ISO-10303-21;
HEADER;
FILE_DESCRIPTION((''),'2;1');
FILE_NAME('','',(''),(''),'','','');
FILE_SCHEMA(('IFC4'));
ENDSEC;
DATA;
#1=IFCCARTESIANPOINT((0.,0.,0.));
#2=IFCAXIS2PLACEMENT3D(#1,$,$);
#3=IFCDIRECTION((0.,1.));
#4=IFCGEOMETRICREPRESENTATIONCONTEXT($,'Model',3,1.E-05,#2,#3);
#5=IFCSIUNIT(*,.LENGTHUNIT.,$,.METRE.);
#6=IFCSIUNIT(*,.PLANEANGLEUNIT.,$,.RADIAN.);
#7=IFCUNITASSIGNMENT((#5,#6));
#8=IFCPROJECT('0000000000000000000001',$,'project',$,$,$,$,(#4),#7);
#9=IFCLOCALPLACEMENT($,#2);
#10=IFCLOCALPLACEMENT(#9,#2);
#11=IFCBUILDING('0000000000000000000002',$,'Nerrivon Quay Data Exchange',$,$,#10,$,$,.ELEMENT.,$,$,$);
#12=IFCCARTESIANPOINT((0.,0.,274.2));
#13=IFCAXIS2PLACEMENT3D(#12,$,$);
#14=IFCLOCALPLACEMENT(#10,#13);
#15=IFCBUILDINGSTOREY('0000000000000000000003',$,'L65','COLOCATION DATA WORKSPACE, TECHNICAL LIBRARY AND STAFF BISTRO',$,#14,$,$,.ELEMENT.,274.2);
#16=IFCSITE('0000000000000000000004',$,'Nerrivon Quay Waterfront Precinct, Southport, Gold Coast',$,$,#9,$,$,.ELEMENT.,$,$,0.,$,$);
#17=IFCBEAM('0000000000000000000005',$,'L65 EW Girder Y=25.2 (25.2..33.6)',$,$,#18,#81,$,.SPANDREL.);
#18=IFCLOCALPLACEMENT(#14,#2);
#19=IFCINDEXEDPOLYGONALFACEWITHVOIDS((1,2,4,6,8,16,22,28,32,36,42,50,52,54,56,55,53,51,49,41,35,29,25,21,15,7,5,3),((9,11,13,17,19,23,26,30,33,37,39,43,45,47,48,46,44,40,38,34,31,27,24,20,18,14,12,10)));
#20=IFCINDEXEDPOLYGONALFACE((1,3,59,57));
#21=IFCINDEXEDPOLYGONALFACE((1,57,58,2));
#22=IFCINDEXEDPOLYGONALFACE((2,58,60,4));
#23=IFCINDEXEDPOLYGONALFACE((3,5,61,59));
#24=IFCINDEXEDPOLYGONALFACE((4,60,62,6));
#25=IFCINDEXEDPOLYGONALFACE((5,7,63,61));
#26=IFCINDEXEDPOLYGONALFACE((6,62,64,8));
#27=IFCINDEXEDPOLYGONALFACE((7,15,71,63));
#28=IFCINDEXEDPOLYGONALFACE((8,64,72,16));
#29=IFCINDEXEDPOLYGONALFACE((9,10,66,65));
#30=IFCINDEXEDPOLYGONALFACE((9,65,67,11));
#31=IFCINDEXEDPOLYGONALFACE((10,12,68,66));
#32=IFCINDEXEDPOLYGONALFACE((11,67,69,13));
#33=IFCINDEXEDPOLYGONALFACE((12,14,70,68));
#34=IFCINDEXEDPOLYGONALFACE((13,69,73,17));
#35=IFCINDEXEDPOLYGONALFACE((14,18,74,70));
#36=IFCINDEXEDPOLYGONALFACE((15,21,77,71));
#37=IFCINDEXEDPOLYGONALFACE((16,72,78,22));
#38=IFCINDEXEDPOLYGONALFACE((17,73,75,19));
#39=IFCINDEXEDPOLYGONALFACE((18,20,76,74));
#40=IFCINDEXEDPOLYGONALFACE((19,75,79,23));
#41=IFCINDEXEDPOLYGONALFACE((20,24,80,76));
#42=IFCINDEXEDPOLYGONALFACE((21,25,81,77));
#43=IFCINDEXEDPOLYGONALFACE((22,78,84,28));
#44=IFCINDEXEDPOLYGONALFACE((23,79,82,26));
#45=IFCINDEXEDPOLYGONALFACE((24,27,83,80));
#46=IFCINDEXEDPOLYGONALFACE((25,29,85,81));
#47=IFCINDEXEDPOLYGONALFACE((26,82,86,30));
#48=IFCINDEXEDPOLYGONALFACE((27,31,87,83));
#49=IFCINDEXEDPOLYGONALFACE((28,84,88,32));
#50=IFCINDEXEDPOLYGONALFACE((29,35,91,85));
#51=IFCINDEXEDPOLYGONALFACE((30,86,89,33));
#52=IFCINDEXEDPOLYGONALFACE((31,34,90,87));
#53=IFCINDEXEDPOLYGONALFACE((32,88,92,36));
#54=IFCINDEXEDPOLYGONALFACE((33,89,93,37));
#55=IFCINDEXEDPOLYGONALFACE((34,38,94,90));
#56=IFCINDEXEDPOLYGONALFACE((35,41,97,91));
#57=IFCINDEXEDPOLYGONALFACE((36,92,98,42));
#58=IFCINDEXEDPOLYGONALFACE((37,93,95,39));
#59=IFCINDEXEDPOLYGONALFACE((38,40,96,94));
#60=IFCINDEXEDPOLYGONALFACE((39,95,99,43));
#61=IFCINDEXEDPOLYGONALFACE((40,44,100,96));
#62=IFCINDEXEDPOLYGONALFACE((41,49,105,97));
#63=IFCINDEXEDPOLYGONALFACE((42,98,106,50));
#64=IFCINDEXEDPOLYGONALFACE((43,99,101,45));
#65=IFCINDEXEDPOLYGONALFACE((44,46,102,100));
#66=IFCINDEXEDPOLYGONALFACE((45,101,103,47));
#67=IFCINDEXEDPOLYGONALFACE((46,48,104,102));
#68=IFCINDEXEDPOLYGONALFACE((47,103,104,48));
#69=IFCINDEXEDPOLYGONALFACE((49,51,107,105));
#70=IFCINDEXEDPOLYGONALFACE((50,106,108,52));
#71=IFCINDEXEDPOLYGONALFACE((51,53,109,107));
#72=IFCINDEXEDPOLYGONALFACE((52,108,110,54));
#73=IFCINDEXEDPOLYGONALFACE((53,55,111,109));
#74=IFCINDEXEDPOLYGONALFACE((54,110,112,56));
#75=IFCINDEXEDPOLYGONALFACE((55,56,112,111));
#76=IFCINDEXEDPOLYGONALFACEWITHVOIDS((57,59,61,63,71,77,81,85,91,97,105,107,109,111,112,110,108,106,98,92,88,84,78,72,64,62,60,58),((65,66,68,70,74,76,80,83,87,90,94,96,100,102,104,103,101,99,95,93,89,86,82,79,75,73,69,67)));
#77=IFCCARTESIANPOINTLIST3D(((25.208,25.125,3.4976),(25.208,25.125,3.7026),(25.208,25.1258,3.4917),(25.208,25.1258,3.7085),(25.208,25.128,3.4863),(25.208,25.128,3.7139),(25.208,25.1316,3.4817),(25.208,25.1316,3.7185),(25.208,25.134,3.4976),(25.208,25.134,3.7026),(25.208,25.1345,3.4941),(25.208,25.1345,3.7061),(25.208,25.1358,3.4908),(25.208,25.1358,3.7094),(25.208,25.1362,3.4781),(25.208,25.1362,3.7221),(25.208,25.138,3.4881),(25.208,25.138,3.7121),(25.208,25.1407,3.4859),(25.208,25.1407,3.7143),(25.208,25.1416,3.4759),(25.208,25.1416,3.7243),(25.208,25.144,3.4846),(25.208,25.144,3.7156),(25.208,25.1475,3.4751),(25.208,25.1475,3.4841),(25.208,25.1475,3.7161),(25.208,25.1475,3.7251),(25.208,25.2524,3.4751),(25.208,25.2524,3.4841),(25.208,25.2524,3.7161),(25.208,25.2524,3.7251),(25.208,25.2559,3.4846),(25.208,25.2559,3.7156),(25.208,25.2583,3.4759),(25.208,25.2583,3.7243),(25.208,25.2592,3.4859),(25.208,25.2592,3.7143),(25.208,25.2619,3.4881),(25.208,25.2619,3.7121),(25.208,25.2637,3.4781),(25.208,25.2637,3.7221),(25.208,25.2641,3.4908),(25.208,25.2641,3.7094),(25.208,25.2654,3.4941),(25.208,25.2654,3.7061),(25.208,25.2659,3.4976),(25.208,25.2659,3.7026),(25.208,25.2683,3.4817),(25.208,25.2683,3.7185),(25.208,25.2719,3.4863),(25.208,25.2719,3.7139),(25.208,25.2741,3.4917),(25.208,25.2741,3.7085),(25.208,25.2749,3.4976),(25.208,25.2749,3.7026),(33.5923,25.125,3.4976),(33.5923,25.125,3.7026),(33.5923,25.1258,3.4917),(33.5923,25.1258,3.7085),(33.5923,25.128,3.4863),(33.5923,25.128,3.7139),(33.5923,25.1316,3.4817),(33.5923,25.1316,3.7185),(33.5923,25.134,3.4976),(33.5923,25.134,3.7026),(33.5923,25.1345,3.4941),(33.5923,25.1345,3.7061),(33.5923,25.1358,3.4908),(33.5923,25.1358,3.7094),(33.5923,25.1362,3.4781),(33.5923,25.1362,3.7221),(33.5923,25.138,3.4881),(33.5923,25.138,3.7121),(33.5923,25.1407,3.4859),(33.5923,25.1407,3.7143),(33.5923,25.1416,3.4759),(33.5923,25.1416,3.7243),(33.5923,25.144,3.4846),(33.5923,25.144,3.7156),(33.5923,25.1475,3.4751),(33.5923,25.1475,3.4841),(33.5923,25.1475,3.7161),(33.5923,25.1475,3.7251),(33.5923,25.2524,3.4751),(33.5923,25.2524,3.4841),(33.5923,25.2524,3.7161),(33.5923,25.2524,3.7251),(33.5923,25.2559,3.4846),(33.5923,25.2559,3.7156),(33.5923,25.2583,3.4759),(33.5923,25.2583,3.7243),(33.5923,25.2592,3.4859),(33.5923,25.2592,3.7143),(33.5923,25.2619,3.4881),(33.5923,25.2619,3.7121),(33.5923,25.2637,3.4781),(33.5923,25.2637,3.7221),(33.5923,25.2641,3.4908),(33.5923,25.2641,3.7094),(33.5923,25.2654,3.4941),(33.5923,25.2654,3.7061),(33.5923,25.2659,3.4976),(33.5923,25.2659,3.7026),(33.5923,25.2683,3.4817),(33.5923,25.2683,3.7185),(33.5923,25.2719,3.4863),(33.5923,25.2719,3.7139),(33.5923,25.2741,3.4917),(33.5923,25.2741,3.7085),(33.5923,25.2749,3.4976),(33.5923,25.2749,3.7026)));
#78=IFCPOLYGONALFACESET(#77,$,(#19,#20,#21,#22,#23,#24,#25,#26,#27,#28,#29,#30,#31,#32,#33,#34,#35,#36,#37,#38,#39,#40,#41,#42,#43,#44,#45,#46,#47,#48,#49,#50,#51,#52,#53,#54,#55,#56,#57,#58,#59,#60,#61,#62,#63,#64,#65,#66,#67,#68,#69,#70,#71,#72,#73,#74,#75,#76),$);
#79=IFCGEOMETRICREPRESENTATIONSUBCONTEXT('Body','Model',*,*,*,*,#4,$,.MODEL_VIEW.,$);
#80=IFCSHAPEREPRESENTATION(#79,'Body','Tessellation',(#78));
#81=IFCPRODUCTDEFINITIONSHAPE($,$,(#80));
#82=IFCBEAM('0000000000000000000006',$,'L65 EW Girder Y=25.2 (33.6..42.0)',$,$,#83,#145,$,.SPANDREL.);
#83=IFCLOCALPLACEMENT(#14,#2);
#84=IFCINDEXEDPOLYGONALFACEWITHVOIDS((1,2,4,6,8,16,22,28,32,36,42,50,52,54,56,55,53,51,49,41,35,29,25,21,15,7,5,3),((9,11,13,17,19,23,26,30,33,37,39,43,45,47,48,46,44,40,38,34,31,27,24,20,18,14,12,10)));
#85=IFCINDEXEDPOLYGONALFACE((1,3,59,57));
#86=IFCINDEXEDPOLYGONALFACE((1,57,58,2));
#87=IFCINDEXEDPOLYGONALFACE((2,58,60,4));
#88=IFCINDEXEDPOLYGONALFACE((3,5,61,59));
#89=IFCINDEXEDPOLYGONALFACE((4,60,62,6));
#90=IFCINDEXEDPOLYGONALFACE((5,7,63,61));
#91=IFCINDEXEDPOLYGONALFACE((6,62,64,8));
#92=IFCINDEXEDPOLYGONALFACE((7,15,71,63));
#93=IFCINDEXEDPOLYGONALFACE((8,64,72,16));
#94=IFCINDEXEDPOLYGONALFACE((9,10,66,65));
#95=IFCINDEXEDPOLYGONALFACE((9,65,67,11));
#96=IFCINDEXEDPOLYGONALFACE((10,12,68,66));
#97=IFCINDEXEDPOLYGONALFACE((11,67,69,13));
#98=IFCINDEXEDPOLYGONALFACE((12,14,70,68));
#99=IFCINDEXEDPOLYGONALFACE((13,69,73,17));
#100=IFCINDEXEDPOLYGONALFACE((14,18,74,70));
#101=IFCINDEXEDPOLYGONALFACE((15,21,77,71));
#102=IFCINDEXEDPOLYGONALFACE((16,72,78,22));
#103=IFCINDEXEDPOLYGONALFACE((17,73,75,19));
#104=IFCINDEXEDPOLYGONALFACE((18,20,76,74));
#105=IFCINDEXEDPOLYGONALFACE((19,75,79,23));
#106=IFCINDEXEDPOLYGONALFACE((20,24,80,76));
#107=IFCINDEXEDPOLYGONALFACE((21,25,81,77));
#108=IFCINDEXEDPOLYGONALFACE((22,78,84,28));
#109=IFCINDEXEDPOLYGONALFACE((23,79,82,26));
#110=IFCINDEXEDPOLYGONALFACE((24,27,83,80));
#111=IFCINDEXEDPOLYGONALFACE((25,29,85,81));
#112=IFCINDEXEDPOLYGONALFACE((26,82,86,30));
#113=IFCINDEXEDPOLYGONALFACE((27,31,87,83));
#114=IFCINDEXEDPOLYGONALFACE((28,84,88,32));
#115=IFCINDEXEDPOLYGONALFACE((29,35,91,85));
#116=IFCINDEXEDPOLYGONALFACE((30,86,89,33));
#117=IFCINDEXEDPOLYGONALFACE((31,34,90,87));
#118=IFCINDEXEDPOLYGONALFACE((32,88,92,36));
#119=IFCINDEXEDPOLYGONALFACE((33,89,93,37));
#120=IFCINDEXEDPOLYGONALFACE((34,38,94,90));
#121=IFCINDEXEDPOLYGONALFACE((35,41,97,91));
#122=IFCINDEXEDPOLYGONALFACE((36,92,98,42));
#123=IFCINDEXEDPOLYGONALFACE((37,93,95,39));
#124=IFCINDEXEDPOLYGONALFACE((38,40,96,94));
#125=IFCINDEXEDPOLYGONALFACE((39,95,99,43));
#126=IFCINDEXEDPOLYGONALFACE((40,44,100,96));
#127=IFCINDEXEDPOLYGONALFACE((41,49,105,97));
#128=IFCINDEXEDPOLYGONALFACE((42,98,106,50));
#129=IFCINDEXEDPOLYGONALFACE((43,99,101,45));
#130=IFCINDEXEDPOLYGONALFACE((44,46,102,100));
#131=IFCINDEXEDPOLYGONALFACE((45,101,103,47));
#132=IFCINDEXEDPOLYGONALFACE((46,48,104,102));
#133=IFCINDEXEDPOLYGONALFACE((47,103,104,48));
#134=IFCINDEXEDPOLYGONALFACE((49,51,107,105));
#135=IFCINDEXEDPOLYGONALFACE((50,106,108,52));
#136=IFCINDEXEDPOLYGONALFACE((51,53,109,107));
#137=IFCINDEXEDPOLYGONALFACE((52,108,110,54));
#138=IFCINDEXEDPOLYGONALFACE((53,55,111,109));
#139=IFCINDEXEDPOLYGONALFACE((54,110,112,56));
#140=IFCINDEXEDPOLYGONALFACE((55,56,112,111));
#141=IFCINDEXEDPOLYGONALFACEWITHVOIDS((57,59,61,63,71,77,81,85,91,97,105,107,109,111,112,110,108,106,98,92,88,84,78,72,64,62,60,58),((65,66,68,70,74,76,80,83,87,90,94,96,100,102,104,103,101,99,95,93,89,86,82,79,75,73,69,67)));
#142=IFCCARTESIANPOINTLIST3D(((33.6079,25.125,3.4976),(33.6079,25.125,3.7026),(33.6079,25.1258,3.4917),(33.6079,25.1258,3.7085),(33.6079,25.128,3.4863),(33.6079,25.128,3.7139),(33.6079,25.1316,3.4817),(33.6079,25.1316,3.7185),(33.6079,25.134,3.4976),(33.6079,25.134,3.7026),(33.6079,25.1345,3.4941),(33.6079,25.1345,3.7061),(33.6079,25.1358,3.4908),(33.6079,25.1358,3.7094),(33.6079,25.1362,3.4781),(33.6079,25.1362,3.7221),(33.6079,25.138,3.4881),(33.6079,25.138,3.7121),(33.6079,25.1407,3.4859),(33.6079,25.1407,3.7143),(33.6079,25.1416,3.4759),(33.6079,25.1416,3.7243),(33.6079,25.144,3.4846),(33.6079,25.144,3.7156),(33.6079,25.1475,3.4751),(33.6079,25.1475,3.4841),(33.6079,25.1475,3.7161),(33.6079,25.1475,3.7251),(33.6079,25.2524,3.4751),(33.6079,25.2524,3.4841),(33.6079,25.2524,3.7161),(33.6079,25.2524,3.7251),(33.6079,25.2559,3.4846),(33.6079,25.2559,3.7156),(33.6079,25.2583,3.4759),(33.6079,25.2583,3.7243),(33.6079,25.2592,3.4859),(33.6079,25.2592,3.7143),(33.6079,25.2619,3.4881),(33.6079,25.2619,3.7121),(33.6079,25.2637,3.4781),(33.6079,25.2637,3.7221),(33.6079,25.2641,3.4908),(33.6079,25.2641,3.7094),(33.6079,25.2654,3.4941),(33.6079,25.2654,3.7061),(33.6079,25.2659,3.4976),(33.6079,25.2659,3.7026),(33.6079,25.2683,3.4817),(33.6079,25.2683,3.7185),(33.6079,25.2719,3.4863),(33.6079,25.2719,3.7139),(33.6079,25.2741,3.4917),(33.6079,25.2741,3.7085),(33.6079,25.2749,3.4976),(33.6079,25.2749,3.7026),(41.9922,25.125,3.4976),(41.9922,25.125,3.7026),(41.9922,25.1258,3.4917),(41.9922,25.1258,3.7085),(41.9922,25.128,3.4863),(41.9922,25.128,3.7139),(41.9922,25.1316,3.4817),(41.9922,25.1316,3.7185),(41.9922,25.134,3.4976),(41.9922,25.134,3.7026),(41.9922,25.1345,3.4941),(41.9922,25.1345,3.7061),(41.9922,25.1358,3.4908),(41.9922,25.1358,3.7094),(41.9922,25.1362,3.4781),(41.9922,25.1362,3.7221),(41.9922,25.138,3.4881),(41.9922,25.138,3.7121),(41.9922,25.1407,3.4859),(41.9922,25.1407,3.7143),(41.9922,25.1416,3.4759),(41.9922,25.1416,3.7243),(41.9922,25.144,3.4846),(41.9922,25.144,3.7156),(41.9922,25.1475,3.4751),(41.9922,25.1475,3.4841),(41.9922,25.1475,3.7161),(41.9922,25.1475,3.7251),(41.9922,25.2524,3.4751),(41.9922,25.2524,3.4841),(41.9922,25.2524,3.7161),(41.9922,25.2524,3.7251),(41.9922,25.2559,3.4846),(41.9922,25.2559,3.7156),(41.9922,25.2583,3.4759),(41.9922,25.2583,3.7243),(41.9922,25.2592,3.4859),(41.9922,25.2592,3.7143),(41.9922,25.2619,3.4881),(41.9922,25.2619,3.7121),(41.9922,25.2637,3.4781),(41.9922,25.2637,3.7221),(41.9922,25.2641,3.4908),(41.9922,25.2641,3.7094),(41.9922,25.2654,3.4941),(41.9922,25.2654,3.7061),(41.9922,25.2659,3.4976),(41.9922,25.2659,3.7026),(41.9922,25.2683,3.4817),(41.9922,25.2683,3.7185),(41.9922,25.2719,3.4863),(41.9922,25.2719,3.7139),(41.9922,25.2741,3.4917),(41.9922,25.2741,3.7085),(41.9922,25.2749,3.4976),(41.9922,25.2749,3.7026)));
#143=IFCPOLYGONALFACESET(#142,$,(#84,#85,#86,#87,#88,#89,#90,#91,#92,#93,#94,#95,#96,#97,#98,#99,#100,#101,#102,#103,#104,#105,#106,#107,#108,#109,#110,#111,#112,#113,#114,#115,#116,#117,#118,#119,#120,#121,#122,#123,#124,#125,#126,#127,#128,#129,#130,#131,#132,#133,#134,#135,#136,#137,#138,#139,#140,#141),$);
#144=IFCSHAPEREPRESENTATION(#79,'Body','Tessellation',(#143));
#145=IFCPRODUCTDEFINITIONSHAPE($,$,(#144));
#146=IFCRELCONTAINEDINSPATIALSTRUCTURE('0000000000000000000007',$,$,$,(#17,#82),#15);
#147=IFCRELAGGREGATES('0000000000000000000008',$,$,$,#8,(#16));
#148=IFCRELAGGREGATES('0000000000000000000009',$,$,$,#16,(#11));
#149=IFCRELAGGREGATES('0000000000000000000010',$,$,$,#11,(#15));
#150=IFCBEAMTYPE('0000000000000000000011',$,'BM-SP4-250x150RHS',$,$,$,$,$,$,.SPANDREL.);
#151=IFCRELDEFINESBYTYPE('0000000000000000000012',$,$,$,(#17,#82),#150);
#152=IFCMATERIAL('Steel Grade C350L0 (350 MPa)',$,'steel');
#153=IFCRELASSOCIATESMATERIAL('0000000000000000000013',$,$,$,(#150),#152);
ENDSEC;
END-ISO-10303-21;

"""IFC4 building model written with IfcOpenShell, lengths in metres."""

from ifc_helpers import new_model, si_unit, direction, frame, origin, origin_2d, place, context, subcontext, project, spatial, hollow_rectangle, extrude, material, material_profile, profile_set, type_object, element, save


model = new_model("IFC4")

# Units and contexts
model_context = context("Model", 3, precision=1e-05, world=origin(), true_north=direction((0.0, 1.0)))
body_context = subcontext(model_context, "Body", "Model", "MODEL_VIEW")
ifc_project = project(units=[si_unit("LENGTHUNIT", "METRE"), si_unit("PLANEANGLEUNIT", "RADIAN")], contexts=[model_context])

# Site, building, storey
site_placement = place(None, origin())
site = spatial("IfcSite", under=ifc_project, at=site_placement, Name="Nerrivon Quay Waterfront Precinct, Southport, Gold Coast", CompositionType="ELEMENT", RefElevation=0.0)
building_placement = place(site_placement, origin())
building = spatial("IfcBuilding", under=site, at=building_placement, Name="Nerrivon Quay Data Exchange", CompositionType="ELEMENT")
storey_placement = place(building_placement, frame((0.0, 0.0, 274.2)))
storey = spatial("IfcBuildingStorey", under=building, at=storey_placement, Name="L65", Description="COLOCATION DATA WORKSPACE, TECHNICAL LIBRARY AND STAFF BISTRO", CompositionType="ELEMENT", Elevation=274.2)

# Beams
ifc_material_1 = material(Name="Steel Grade C350L0 (350 MPa)", Category="steel")
ifc_material_profile_1 = material_profile(ifc_material_1, hollow_rectangle(XDim=0.1499, YDim=0.25, WallThickness=0.009, InnerFilletRadius=0.0134, OuterFilletRadius=0.0225, at=origin_2d()), Name="250x150x9.0RHS")
ifc_profile_set_1 = profile_set([ifc_material_profile_1], Name="Steel Grade C350L0 (350 MPa)")
beam_type = type_object("IfcBeamType", Name="BM-SP4-250x150RHS", PredefinedType="SPANDREL", material=ifc_profile_set_1)
for number, where, z_axis, x_axis, name in (
    (1, (25.208, 25.2, 3.6001), (1.0, 0.0, 0.0), (0.0, 1.0, 0.0), "L65 EW Girder Y=25.2 (25.2..33.6)"),
    (2, (33.6079, 25.2, 3.6001), (1.0, 0.0, 0.0), (0.0, 1.0, 0.0), "L65 EW Girder Y=25.2 (33.6..42.0)"),
):
    element("IfcBeam", number, at=place(storey_placement, frame(where, z_axis=z_axis, x_axis=x_axis)), inside=storey, type_object=beam_type, Name=name, PredefinedType="SPANDREL", context=body_context, shape_type="SweptSolid", body=[
        extrude(hollow_rectangle(XDim=0.1499, YDim=0.25, WallThickness=0.009, InnerFilletRadius=0.0134, OuterFilletRadius=0.0225, at=origin_2d()), origin(), (0.0, 0.0, 1.0), 8.3843),
    ])

save(model, "model.ifc")
